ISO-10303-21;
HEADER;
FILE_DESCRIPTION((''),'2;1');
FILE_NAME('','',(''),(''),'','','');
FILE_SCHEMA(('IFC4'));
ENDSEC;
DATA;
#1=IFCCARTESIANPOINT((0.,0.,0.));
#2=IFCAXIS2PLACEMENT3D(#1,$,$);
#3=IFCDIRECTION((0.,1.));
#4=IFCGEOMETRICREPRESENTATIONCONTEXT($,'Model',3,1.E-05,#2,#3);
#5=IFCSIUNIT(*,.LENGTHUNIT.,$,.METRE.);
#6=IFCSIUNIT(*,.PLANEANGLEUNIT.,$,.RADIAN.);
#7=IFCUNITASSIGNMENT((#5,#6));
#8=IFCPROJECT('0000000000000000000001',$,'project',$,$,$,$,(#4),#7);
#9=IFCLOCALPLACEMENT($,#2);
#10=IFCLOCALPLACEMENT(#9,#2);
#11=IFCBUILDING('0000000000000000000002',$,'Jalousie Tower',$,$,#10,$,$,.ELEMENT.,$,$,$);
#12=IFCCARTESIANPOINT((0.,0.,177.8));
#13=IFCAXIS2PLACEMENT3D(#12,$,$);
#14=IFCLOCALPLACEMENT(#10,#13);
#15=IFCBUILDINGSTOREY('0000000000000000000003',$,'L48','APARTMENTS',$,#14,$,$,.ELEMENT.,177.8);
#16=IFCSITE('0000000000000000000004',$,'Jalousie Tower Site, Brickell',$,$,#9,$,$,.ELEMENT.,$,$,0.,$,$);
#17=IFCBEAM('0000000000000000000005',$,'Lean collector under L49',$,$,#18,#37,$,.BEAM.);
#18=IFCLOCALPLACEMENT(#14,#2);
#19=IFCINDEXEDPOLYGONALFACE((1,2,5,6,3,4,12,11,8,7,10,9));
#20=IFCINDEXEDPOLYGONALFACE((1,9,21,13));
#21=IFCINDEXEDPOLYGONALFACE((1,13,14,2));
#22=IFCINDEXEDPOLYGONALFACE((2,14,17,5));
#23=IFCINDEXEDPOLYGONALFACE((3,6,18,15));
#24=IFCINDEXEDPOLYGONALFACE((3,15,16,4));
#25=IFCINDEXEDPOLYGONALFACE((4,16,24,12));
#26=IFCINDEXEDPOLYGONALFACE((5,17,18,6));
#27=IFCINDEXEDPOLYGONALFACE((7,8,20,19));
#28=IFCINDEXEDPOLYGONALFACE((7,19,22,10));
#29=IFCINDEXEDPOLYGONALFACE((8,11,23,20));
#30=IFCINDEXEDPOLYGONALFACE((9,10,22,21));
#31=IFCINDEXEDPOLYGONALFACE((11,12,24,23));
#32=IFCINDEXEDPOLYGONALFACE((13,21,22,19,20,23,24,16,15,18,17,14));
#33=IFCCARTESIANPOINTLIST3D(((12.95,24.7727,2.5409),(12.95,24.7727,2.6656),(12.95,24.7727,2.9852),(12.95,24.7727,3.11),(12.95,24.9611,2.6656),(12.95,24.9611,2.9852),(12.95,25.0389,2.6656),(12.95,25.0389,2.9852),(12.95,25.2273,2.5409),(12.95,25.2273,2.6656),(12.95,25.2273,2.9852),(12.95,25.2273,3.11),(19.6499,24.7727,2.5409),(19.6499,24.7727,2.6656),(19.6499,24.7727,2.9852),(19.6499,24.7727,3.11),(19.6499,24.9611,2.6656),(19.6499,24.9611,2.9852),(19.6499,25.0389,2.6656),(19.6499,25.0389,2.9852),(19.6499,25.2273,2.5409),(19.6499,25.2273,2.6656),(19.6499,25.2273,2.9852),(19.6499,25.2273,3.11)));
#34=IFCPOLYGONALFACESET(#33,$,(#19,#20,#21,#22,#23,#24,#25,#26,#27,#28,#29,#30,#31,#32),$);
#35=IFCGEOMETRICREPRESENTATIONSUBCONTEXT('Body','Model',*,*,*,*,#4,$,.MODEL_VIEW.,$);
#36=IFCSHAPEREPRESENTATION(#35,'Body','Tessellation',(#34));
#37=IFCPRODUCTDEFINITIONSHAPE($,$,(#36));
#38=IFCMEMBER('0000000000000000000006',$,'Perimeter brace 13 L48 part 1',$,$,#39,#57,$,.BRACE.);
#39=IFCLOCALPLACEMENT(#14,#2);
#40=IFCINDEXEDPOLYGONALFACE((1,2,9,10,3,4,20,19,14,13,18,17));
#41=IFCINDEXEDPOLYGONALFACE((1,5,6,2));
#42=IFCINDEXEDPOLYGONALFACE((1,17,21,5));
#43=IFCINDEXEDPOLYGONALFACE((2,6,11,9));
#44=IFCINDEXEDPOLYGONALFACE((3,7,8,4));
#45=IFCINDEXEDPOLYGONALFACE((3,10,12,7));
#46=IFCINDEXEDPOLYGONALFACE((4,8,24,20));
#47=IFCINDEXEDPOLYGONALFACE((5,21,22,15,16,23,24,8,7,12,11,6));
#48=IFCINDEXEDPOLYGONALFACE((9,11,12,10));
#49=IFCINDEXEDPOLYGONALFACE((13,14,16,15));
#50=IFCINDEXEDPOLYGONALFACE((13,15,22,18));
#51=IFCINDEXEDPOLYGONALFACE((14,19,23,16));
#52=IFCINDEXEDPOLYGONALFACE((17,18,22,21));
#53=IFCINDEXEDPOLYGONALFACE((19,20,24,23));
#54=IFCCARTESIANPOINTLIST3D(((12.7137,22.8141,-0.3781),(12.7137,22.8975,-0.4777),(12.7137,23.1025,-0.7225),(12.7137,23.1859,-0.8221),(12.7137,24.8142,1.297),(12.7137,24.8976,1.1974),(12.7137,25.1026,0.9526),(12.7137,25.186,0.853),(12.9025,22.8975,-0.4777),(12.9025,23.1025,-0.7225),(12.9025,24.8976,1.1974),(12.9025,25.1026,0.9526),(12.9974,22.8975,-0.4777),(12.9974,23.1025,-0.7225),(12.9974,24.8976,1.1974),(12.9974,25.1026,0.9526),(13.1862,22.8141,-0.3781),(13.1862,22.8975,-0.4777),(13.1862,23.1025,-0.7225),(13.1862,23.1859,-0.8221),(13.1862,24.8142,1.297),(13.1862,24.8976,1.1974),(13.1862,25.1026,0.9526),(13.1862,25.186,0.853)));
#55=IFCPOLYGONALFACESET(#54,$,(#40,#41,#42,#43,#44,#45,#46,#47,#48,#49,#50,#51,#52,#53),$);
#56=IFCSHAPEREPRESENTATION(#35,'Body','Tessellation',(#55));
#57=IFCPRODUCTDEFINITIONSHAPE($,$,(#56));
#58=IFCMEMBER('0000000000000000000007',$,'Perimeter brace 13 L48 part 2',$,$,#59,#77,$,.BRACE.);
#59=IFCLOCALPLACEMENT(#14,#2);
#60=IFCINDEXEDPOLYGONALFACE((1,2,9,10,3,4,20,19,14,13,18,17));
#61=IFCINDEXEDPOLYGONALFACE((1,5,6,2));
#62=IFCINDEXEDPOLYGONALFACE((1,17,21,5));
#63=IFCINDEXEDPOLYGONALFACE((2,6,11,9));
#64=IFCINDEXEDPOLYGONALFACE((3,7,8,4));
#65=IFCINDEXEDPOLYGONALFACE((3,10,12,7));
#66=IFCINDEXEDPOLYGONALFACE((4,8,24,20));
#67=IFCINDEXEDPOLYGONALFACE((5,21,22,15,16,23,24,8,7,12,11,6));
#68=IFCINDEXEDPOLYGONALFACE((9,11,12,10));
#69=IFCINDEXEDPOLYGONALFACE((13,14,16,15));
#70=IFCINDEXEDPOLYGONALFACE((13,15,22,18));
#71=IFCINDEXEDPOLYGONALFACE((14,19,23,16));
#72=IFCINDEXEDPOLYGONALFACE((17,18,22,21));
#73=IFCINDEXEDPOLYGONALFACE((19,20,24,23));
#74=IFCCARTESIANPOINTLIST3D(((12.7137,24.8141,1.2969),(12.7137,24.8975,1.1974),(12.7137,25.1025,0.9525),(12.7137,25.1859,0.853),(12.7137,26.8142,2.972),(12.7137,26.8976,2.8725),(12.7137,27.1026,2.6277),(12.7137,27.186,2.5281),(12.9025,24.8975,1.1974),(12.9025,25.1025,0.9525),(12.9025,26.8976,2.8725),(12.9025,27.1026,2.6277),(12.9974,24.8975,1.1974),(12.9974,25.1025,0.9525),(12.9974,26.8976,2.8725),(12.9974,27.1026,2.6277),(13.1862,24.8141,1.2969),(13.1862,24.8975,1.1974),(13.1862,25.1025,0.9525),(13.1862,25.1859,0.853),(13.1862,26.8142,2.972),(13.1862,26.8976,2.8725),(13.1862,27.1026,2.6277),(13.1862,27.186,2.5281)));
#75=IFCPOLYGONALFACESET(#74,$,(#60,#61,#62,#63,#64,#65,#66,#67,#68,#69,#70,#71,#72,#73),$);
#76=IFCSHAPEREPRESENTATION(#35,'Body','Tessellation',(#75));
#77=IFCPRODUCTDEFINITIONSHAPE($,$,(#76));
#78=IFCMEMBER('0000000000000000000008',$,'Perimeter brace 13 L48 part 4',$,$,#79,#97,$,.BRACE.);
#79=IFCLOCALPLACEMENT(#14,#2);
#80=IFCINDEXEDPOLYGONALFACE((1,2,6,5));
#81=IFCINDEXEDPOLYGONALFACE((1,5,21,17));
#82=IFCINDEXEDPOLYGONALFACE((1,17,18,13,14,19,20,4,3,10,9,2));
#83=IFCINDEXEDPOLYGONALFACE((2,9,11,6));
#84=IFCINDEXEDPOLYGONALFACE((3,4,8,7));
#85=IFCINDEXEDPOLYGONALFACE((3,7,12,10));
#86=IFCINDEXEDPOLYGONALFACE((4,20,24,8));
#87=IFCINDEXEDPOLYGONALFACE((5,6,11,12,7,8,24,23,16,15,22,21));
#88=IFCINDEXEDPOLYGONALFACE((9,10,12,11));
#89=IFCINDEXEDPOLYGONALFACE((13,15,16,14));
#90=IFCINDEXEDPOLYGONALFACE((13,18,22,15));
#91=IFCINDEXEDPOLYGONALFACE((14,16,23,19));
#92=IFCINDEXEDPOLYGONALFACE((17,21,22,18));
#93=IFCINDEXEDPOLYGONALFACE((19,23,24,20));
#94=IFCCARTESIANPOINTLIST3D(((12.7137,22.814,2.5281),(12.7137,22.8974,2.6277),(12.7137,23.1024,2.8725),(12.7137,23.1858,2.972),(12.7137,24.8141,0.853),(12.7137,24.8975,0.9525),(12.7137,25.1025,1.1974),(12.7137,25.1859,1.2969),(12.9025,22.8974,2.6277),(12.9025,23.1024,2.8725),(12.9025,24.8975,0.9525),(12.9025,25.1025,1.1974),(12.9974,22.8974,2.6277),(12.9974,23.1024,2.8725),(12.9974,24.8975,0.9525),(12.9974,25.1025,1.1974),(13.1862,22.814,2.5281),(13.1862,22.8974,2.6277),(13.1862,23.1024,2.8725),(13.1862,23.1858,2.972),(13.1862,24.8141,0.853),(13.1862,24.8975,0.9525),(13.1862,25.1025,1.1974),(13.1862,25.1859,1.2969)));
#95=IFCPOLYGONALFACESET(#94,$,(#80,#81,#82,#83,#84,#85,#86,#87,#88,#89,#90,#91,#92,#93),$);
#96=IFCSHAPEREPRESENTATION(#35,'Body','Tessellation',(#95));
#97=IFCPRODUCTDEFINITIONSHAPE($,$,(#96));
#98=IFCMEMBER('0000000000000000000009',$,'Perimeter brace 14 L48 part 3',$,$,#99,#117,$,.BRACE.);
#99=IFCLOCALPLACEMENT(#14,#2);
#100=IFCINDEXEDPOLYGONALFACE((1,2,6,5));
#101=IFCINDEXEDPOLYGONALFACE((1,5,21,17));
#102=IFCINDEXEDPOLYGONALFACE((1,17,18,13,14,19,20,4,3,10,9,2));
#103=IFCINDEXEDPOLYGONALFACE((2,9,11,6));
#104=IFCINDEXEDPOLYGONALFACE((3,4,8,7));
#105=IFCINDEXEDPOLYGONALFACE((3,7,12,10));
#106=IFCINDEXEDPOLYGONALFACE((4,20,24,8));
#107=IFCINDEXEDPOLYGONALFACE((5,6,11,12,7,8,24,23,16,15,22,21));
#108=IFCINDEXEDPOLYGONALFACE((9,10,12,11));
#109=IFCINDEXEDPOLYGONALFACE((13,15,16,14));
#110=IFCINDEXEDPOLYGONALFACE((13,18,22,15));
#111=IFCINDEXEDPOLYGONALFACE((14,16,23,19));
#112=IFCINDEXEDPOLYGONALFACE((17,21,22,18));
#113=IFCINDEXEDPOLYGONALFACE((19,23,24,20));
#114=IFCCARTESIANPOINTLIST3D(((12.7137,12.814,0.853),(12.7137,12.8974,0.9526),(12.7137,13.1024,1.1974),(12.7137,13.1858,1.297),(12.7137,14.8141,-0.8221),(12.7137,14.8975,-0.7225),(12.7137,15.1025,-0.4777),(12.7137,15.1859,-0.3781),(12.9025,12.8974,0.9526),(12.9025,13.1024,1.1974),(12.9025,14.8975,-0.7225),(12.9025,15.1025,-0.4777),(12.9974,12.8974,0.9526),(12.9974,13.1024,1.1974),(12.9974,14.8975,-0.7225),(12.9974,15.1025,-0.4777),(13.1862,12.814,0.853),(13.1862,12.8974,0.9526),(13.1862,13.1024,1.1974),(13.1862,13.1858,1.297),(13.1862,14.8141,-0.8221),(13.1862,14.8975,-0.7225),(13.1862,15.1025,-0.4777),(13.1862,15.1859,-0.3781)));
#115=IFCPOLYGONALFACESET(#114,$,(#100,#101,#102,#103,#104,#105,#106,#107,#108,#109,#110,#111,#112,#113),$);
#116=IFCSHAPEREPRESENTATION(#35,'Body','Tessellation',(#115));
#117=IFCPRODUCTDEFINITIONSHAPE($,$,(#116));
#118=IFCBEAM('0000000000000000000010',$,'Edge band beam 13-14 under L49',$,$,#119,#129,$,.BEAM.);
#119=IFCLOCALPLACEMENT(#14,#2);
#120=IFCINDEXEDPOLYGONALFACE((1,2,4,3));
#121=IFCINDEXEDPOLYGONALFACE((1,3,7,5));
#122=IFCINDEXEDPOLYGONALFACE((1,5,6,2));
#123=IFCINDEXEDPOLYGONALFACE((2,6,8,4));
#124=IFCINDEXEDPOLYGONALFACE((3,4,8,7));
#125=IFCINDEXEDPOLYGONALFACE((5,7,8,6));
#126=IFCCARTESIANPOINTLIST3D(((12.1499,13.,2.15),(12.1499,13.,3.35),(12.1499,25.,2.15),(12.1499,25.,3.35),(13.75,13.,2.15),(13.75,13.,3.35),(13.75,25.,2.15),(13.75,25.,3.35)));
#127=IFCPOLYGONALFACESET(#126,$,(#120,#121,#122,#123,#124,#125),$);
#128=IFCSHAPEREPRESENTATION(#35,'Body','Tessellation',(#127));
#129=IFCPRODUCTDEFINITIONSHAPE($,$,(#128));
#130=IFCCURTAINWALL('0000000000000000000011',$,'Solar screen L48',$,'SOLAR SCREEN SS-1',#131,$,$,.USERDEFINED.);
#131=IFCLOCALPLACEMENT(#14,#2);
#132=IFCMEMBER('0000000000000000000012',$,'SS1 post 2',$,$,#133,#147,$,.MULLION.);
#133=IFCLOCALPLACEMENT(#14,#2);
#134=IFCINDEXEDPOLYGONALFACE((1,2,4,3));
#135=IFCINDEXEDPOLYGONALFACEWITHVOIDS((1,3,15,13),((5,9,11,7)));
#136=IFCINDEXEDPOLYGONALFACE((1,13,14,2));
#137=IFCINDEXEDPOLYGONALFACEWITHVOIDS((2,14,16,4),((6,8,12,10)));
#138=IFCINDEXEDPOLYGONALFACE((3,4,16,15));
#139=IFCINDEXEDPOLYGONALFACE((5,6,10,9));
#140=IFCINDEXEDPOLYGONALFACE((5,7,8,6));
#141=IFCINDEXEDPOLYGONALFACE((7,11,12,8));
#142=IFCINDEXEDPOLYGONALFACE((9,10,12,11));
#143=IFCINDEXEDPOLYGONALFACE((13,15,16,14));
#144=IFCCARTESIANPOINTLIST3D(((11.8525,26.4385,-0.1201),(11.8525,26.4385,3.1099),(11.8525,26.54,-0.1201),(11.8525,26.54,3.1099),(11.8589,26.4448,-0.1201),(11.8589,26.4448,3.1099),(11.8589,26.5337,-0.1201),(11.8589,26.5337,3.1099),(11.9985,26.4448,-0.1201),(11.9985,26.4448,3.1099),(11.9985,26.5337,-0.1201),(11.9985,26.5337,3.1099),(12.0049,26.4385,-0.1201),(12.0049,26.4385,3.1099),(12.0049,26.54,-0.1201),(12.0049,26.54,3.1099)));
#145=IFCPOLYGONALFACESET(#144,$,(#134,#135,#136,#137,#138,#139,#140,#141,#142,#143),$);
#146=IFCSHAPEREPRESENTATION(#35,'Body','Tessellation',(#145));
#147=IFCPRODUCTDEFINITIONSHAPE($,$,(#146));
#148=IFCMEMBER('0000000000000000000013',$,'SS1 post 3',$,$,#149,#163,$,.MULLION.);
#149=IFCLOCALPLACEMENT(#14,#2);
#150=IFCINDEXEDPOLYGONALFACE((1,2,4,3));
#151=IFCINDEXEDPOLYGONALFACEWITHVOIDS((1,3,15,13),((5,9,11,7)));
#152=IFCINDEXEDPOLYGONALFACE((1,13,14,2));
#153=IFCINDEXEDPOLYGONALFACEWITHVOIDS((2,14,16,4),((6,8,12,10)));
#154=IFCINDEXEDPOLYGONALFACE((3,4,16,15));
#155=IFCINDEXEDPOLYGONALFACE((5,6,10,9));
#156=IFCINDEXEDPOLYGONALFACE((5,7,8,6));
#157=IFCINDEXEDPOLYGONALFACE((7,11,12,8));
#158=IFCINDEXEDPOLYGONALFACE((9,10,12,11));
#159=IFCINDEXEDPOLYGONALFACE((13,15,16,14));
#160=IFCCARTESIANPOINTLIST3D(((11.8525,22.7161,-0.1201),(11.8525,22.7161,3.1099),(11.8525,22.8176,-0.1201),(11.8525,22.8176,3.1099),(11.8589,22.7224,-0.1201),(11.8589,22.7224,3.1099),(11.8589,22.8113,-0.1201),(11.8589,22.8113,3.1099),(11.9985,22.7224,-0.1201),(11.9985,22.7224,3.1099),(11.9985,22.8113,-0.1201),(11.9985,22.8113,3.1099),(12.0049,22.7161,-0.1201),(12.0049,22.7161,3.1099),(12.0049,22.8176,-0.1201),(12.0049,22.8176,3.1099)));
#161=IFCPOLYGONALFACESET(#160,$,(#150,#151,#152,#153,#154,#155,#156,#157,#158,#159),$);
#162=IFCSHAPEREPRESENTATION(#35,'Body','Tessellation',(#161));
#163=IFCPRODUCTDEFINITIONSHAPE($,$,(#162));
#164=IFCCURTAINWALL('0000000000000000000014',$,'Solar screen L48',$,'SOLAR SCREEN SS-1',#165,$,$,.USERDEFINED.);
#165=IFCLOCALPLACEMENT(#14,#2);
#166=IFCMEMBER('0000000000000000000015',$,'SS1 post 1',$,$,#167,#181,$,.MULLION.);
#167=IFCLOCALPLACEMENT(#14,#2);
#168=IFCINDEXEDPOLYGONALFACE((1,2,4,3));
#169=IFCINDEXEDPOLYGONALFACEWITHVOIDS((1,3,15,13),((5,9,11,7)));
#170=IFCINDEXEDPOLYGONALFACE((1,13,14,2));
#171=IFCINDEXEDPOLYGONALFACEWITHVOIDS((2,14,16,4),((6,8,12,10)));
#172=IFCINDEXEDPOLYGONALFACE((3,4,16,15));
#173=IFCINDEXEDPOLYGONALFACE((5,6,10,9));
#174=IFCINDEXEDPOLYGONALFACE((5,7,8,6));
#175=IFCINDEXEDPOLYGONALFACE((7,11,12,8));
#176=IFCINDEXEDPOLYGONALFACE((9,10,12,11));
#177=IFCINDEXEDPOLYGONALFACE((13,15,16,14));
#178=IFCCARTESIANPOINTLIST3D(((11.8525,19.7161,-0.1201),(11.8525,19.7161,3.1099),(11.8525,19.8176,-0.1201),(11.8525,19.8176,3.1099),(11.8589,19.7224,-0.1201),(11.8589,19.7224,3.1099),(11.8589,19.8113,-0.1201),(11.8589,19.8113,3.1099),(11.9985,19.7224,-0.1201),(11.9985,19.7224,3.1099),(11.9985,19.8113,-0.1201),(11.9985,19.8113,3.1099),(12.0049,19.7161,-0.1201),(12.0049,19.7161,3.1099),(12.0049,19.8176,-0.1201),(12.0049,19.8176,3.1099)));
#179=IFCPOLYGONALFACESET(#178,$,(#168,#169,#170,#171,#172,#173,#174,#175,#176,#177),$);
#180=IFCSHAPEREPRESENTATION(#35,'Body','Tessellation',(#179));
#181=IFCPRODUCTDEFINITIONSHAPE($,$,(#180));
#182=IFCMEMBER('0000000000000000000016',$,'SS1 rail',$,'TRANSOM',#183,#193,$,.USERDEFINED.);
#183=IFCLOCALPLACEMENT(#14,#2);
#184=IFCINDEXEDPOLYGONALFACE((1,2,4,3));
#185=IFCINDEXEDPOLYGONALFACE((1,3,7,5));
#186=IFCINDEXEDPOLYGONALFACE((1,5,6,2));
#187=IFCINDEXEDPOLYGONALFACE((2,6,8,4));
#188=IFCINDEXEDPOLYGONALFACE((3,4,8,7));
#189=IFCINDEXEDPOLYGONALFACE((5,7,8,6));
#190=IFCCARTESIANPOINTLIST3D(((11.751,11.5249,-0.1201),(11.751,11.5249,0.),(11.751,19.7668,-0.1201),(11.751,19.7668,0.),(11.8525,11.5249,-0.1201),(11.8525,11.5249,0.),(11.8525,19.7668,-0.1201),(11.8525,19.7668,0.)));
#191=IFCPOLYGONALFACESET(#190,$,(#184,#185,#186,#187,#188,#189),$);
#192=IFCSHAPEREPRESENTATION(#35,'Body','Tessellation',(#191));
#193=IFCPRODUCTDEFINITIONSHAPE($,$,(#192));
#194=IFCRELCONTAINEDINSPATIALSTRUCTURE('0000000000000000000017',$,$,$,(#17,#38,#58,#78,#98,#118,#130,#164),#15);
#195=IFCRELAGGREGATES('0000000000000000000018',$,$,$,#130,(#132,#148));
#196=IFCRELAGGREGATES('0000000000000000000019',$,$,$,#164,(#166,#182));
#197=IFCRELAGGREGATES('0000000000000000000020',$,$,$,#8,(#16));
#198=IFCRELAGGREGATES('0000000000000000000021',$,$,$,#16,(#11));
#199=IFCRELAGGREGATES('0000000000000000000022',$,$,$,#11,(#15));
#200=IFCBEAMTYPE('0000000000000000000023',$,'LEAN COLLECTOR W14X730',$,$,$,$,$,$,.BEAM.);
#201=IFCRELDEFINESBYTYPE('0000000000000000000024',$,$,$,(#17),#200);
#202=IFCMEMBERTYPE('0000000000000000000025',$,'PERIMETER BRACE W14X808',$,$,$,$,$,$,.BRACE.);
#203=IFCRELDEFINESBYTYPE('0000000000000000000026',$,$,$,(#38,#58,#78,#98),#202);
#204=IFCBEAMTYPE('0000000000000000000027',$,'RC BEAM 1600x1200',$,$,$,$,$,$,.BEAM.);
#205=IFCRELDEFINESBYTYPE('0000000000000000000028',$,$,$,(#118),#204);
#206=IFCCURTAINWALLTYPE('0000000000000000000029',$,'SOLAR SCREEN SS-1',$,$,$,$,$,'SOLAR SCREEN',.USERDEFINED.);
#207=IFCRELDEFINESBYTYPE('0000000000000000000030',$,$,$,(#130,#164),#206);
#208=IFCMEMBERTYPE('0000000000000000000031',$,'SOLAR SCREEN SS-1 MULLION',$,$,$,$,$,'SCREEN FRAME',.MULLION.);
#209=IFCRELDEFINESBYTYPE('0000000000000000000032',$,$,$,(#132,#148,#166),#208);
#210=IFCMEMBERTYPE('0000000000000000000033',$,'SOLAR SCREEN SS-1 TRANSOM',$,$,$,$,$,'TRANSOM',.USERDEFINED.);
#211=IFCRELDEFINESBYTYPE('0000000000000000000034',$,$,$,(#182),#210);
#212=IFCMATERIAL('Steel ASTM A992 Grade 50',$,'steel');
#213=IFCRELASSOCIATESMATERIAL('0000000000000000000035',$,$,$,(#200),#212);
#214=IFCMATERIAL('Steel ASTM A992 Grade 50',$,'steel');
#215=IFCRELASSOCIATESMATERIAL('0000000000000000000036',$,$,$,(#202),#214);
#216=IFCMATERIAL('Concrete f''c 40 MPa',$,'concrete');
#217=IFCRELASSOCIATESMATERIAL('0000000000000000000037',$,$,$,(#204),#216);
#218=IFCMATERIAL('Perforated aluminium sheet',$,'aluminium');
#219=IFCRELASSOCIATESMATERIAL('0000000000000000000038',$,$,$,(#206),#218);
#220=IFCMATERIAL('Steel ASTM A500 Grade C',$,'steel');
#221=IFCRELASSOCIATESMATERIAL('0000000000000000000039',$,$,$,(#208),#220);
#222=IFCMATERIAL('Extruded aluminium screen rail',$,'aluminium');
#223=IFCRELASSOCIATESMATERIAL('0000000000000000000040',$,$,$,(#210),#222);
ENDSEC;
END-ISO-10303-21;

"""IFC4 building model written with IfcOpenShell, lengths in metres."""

from ifc_helpers import new_model, si_unit, direction, frame, origin, origin_2d, place, context, subcontext, project, spatial, rectangle, hollow_rectangle, i_section, extrude, material, material_profile, profile_set, type_object, element, aggregate, save


model = new_model("IFC4")

# Units and contexts
model_context = context("Model", 3, precision=1e-05, world=origin(), true_north=direction((0.0, 1.0)))
body_context = subcontext(model_context, "Body", "Model", "MODEL_VIEW")
ifc_project = project(units=[si_unit("LENGTHUNIT", "METRE"), si_unit("PLANEANGLEUNIT", "RADIAN")], contexts=[model_context])

# Site, building, storey
site_placement = place(None, origin())
site = spatial("IfcSite", under=ifc_project, at=site_placement, Name="Jalousie Tower Site, Brickell", CompositionType="ELEMENT", RefElevation=0.0)
building_placement = place(site_placement, origin())
building = spatial("IfcBuilding", under=site, at=building_placement, Name="Jalousie Tower", CompositionType="ELEMENT")
storey_placement = place(building_placement, frame((0.0, 0.0, 177.8)))
storey = spatial("IfcBuildingStorey", under=building, at=storey_placement, Name="L48", Description="APARTMENTS", CompositionType="ELEMENT", Elevation=177.8)

# Beam
ifc_material_1 = material(Name="Steel ASTM A992 Grade 50", Category="steel")
ifc_material_profile_1 = material_profile(ifc_material_1, i_section(OverallWidth=0.4546, OverallDepth=0.5691, WebThickness=0.0779, FlangeThickness=0.1248, at=origin_2d()), Name="W14X730")
ifc_profile_set_1 = profile_set([ifc_material_profile_1], Name="Steel ASTM A992 Grade 50")
beam_type_1 = type_object("IfcBeamType", Name="LEAN COLLECTOR W14X730", PredefinedType="BEAM", material=ifc_profile_set_1)
beam_1_placement = place(storey_placement, frame((12.95, 25.0, 2.8254), z_axis=(1.0, 0.0, 0.0), x_axis=(0.0, 1.0, 0.0)))
element("IfcBeam", 1, at=beam_1_placement, inside=storey, type_object=beam_type_1, Name="Lean collector under L49", PredefinedType="BEAM", context=body_context, shape_type="SweptSolid", body=[
    extrude(i_section(OverallWidth=0.4546, OverallDepth=0.5691, WebThickness=0.0779, FlangeThickness=0.1248, at=origin_2d()), origin(), (0.0, 0.0, 1.0), 6.7),
])

# Members
ifc_material_2 = material(Name="Steel ASTM A992 Grade 50", Category="steel")
ifc_material_profile_2 = material_profile(ifc_material_2, i_section(OverallWidth=0.4724, OverallDepth=0.5791, WebThickness=0.095, FlangeThickness=0.1299, at=origin_2d()), Name="W14X808")
ifc_profile_set_2 = profile_set([ifc_material_profile_2], Name="Steel ASTM A992 Grade 50")
member_type_1 = type_object("IfcMemberType", Name="PERIMETER BRACE W14X808", PredefinedType="BRACE", material=ifc_profile_set_2)
for number, where, z_axis, x_axis, name in (
    (2, (12.95, 23.0, -0.6001), (0.0, 0.766639, 0.642079), (-1.0, 0.0, 0.0), "Perimeter brace 13 L48 part 1"),
    (3, (12.95, 25.0, 1.075), (0.0, 0.766639, 0.642079), (-1.0, 0.0, 0.0), "Perimeter brace 13 L48 part 2"),
    (4, (12.95, 25.0, 1.075), (0.0, -0.766639, 0.642079), (1.0, 0.0, 0.0), "Perimeter brace 13 L48 part 4"),
    (5, (12.95, 15.0, -0.6001), (0.0, -0.766639, 0.642079), (1.0, 0.0, 0.0), "Perimeter brace 14 L48 part 3"),
):
    element("IfcMember", number, at=place(storey_placement, frame(where, z_axis=z_axis, x_axis=x_axis)), inside=storey, type_object=member_type_1, Name=name, PredefinedType="BRACE", context=body_context, shape_type="SweptSolid", body=[
        extrude(i_section(OverallWidth=0.4724, OverallDepth=0.5791, WebThickness=0.095, FlangeThickness=0.1299, at=origin_2d()), origin(), (0.0, 0.0, 1.0), 2.6089),
    ])

# Beam
ifc_material_3 = material(Name="Concrete f'c 40 MPa", Category="concrete")
ifc_material_profile_3 = material_profile(ifc_material_3, rectangle(XDim=1.6001, YDim=1.2, at=origin_2d()), Name="RC 1600x1200")
ifc_profile_set_3 = profile_set([ifc_material_profile_3], Name="Concrete f'c 40 MPa")
beam_type_2 = type_object("IfcBeamType", Name="RC BEAM 1600x1200", PredefinedType="BEAM", material=ifc_profile_set_3)
beam_2_placement = place(storey_placement, frame((12.95, 25.0, 2.75), z_axis=(0.0, -1.0, 0.0), x_axis=(1.0, 0.0, 0.0)))
element("IfcBeam", 6, at=beam_2_placement, inside=storey, type_object=beam_type_2, Name="Edge band beam 13-14 under L49", PredefinedType="BEAM", context=body_context, shape_type="SweptSolid", body=[
    extrude(rectangle(XDim=1.6001, YDim=1.2, at=origin_2d()), origin(), (0.0, 0.0, 1.0), 12.0),
])

# Curtain walls, members
ifc_material_4 = material(Name="Perforated aluminium sheet", Category="aluminium")
curtain_wall_type = type_object("IfcCurtainWallType", Name="SOLAR SCREEN SS-1", ElementType="SOLAR SCREEN", PredefinedType="USERDEFINED", material=ifc_material_4)
curtain_wall_1_placement = place(storey_placement, origin())
curtain_wall_1 = element("IfcCurtainWall", 7, at=curtain_wall_1_placement, inside=storey, type_object=curtain_wall_type, Name="Solar screen L48", ObjectType="SOLAR SCREEN SS-1", PredefinedType="USERDEFINED")
ifc_material_5 = material(Name="Steel ASTM A500 Grade C", Category="steel")
ifc_material_profile_4 = material_profile(ifc_material_5, hollow_rectangle(XDim=0.1016, YDim=0.1523, WallThickness=0.0063, at=origin_2d()), Name="HSS6X4X1/4")
ifc_profile_set_4 = profile_set([ifc_material_profile_4], Name="Steel ASTM A500 Grade C")
member_type_2 = type_object("IfcMemberType", Name="SOLAR SCREEN SS-1 MULLION", ElementType="SCREEN FRAME", PredefinedType="MULLION", material=ifc_profile_set_4)
member_1_placement = place(storey_placement, frame((11.9287, 26.4893, -0.1201), z_axis=(0.0, 0.0, 1.0), x_axis=(0.0, -1.0, 0.0)))
member_1 = element("IfcMember", 8, at=member_1_placement, type_object=member_type_2, Name="SS1 post 2", PredefinedType="MULLION", context=body_context, shape_type="SweptSolid", body=[
    extrude(hollow_rectangle(XDim=0.1016, YDim=0.1523, WallThickness=0.0063, at=origin_2d()), origin(), (0.0, 0.0, 1.0), 3.23),
])
member_2_placement = place(storey_placement, frame((11.9287, 22.7668, -0.1201), z_axis=(0.0, 0.0, 1.0), x_axis=(0.0, -1.0, 0.0)))
member_2 = element("IfcMember", 9, at=member_2_placement, type_object=member_type_2, Name="SS1 post 3", PredefinedType="MULLION", context=body_context, shape_type="SweptSolid", body=[
    extrude(hollow_rectangle(XDim=0.1016, YDim=0.1523, WallThickness=0.0063, at=origin_2d()), origin(), (0.0, 0.0, 1.0), 3.23),
])
curtain_wall_2_placement = place(storey_placement, origin())
curtain_wall_2 = element("IfcCurtainWall", 10, at=curtain_wall_2_placement, inside=storey, type_object=curtain_wall_type, Name="Solar screen L48", ObjectType="SOLAR SCREEN SS-1", PredefinedType="USERDEFINED")
member_3_placement = place(storey_placement, frame((11.9287, 19.7668, -0.1201), z_axis=(0.0, 0.0, 1.0), x_axis=(0.0, -1.0, 0.0)))
member_3 = element("IfcMember", 11, at=member_3_placement, type_object=member_type_2, Name="SS1 post 1", PredefinedType="MULLION", context=body_context, shape_type="SweptSolid", body=[
    extrude(hollow_rectangle(XDim=0.1016, YDim=0.1523, WallThickness=0.0063, at=origin_2d()), origin(), (0.0, 0.0, 1.0), 3.23),
])
ifc_material_6 = material(Name="Extruded aluminium screen rail", Category="aluminium")
ifc_material_profile_5 = material_profile(ifc_material_6, rectangle(XDim=0.1016, YDim=0.1201, at=origin_2d()), Name="RAIL 102x120")
ifc_profile_set_5 = profile_set([ifc_material_profile_5], Name="Extruded aluminium screen rail")
member_type_3 = type_object("IfcMemberType", Name="SOLAR SCREEN SS-1 TRANSOM", ElementType="TRANSOM", PredefinedType="USERDEFINED", material=ifc_profile_set_5)
member_4_placement = place(storey_placement, frame((11.8018, 19.7668, -0.0601), z_axis=(0.0, -1.0, 0.0), x_axis=(1.0, 0.0, 0.0)))
member_4 = element("IfcMember", 12, at=member_4_placement, type_object=member_type_3, Name="SS1 rail", ObjectType="TRANSOM", PredefinedType="USERDEFINED", context=body_context, shape_type="SweptSolid", body=[
    extrude(rectangle(XDim=0.1016, YDim=0.1201, at=origin_2d()), origin(), (0.0, 0.0, 1.0), 8.2419),
])

aggregate(curtain_wall_1, [member_1, member_2])
aggregate(curtain_wall_2, [member_3, member_4])

save(model, "model.ifc")
